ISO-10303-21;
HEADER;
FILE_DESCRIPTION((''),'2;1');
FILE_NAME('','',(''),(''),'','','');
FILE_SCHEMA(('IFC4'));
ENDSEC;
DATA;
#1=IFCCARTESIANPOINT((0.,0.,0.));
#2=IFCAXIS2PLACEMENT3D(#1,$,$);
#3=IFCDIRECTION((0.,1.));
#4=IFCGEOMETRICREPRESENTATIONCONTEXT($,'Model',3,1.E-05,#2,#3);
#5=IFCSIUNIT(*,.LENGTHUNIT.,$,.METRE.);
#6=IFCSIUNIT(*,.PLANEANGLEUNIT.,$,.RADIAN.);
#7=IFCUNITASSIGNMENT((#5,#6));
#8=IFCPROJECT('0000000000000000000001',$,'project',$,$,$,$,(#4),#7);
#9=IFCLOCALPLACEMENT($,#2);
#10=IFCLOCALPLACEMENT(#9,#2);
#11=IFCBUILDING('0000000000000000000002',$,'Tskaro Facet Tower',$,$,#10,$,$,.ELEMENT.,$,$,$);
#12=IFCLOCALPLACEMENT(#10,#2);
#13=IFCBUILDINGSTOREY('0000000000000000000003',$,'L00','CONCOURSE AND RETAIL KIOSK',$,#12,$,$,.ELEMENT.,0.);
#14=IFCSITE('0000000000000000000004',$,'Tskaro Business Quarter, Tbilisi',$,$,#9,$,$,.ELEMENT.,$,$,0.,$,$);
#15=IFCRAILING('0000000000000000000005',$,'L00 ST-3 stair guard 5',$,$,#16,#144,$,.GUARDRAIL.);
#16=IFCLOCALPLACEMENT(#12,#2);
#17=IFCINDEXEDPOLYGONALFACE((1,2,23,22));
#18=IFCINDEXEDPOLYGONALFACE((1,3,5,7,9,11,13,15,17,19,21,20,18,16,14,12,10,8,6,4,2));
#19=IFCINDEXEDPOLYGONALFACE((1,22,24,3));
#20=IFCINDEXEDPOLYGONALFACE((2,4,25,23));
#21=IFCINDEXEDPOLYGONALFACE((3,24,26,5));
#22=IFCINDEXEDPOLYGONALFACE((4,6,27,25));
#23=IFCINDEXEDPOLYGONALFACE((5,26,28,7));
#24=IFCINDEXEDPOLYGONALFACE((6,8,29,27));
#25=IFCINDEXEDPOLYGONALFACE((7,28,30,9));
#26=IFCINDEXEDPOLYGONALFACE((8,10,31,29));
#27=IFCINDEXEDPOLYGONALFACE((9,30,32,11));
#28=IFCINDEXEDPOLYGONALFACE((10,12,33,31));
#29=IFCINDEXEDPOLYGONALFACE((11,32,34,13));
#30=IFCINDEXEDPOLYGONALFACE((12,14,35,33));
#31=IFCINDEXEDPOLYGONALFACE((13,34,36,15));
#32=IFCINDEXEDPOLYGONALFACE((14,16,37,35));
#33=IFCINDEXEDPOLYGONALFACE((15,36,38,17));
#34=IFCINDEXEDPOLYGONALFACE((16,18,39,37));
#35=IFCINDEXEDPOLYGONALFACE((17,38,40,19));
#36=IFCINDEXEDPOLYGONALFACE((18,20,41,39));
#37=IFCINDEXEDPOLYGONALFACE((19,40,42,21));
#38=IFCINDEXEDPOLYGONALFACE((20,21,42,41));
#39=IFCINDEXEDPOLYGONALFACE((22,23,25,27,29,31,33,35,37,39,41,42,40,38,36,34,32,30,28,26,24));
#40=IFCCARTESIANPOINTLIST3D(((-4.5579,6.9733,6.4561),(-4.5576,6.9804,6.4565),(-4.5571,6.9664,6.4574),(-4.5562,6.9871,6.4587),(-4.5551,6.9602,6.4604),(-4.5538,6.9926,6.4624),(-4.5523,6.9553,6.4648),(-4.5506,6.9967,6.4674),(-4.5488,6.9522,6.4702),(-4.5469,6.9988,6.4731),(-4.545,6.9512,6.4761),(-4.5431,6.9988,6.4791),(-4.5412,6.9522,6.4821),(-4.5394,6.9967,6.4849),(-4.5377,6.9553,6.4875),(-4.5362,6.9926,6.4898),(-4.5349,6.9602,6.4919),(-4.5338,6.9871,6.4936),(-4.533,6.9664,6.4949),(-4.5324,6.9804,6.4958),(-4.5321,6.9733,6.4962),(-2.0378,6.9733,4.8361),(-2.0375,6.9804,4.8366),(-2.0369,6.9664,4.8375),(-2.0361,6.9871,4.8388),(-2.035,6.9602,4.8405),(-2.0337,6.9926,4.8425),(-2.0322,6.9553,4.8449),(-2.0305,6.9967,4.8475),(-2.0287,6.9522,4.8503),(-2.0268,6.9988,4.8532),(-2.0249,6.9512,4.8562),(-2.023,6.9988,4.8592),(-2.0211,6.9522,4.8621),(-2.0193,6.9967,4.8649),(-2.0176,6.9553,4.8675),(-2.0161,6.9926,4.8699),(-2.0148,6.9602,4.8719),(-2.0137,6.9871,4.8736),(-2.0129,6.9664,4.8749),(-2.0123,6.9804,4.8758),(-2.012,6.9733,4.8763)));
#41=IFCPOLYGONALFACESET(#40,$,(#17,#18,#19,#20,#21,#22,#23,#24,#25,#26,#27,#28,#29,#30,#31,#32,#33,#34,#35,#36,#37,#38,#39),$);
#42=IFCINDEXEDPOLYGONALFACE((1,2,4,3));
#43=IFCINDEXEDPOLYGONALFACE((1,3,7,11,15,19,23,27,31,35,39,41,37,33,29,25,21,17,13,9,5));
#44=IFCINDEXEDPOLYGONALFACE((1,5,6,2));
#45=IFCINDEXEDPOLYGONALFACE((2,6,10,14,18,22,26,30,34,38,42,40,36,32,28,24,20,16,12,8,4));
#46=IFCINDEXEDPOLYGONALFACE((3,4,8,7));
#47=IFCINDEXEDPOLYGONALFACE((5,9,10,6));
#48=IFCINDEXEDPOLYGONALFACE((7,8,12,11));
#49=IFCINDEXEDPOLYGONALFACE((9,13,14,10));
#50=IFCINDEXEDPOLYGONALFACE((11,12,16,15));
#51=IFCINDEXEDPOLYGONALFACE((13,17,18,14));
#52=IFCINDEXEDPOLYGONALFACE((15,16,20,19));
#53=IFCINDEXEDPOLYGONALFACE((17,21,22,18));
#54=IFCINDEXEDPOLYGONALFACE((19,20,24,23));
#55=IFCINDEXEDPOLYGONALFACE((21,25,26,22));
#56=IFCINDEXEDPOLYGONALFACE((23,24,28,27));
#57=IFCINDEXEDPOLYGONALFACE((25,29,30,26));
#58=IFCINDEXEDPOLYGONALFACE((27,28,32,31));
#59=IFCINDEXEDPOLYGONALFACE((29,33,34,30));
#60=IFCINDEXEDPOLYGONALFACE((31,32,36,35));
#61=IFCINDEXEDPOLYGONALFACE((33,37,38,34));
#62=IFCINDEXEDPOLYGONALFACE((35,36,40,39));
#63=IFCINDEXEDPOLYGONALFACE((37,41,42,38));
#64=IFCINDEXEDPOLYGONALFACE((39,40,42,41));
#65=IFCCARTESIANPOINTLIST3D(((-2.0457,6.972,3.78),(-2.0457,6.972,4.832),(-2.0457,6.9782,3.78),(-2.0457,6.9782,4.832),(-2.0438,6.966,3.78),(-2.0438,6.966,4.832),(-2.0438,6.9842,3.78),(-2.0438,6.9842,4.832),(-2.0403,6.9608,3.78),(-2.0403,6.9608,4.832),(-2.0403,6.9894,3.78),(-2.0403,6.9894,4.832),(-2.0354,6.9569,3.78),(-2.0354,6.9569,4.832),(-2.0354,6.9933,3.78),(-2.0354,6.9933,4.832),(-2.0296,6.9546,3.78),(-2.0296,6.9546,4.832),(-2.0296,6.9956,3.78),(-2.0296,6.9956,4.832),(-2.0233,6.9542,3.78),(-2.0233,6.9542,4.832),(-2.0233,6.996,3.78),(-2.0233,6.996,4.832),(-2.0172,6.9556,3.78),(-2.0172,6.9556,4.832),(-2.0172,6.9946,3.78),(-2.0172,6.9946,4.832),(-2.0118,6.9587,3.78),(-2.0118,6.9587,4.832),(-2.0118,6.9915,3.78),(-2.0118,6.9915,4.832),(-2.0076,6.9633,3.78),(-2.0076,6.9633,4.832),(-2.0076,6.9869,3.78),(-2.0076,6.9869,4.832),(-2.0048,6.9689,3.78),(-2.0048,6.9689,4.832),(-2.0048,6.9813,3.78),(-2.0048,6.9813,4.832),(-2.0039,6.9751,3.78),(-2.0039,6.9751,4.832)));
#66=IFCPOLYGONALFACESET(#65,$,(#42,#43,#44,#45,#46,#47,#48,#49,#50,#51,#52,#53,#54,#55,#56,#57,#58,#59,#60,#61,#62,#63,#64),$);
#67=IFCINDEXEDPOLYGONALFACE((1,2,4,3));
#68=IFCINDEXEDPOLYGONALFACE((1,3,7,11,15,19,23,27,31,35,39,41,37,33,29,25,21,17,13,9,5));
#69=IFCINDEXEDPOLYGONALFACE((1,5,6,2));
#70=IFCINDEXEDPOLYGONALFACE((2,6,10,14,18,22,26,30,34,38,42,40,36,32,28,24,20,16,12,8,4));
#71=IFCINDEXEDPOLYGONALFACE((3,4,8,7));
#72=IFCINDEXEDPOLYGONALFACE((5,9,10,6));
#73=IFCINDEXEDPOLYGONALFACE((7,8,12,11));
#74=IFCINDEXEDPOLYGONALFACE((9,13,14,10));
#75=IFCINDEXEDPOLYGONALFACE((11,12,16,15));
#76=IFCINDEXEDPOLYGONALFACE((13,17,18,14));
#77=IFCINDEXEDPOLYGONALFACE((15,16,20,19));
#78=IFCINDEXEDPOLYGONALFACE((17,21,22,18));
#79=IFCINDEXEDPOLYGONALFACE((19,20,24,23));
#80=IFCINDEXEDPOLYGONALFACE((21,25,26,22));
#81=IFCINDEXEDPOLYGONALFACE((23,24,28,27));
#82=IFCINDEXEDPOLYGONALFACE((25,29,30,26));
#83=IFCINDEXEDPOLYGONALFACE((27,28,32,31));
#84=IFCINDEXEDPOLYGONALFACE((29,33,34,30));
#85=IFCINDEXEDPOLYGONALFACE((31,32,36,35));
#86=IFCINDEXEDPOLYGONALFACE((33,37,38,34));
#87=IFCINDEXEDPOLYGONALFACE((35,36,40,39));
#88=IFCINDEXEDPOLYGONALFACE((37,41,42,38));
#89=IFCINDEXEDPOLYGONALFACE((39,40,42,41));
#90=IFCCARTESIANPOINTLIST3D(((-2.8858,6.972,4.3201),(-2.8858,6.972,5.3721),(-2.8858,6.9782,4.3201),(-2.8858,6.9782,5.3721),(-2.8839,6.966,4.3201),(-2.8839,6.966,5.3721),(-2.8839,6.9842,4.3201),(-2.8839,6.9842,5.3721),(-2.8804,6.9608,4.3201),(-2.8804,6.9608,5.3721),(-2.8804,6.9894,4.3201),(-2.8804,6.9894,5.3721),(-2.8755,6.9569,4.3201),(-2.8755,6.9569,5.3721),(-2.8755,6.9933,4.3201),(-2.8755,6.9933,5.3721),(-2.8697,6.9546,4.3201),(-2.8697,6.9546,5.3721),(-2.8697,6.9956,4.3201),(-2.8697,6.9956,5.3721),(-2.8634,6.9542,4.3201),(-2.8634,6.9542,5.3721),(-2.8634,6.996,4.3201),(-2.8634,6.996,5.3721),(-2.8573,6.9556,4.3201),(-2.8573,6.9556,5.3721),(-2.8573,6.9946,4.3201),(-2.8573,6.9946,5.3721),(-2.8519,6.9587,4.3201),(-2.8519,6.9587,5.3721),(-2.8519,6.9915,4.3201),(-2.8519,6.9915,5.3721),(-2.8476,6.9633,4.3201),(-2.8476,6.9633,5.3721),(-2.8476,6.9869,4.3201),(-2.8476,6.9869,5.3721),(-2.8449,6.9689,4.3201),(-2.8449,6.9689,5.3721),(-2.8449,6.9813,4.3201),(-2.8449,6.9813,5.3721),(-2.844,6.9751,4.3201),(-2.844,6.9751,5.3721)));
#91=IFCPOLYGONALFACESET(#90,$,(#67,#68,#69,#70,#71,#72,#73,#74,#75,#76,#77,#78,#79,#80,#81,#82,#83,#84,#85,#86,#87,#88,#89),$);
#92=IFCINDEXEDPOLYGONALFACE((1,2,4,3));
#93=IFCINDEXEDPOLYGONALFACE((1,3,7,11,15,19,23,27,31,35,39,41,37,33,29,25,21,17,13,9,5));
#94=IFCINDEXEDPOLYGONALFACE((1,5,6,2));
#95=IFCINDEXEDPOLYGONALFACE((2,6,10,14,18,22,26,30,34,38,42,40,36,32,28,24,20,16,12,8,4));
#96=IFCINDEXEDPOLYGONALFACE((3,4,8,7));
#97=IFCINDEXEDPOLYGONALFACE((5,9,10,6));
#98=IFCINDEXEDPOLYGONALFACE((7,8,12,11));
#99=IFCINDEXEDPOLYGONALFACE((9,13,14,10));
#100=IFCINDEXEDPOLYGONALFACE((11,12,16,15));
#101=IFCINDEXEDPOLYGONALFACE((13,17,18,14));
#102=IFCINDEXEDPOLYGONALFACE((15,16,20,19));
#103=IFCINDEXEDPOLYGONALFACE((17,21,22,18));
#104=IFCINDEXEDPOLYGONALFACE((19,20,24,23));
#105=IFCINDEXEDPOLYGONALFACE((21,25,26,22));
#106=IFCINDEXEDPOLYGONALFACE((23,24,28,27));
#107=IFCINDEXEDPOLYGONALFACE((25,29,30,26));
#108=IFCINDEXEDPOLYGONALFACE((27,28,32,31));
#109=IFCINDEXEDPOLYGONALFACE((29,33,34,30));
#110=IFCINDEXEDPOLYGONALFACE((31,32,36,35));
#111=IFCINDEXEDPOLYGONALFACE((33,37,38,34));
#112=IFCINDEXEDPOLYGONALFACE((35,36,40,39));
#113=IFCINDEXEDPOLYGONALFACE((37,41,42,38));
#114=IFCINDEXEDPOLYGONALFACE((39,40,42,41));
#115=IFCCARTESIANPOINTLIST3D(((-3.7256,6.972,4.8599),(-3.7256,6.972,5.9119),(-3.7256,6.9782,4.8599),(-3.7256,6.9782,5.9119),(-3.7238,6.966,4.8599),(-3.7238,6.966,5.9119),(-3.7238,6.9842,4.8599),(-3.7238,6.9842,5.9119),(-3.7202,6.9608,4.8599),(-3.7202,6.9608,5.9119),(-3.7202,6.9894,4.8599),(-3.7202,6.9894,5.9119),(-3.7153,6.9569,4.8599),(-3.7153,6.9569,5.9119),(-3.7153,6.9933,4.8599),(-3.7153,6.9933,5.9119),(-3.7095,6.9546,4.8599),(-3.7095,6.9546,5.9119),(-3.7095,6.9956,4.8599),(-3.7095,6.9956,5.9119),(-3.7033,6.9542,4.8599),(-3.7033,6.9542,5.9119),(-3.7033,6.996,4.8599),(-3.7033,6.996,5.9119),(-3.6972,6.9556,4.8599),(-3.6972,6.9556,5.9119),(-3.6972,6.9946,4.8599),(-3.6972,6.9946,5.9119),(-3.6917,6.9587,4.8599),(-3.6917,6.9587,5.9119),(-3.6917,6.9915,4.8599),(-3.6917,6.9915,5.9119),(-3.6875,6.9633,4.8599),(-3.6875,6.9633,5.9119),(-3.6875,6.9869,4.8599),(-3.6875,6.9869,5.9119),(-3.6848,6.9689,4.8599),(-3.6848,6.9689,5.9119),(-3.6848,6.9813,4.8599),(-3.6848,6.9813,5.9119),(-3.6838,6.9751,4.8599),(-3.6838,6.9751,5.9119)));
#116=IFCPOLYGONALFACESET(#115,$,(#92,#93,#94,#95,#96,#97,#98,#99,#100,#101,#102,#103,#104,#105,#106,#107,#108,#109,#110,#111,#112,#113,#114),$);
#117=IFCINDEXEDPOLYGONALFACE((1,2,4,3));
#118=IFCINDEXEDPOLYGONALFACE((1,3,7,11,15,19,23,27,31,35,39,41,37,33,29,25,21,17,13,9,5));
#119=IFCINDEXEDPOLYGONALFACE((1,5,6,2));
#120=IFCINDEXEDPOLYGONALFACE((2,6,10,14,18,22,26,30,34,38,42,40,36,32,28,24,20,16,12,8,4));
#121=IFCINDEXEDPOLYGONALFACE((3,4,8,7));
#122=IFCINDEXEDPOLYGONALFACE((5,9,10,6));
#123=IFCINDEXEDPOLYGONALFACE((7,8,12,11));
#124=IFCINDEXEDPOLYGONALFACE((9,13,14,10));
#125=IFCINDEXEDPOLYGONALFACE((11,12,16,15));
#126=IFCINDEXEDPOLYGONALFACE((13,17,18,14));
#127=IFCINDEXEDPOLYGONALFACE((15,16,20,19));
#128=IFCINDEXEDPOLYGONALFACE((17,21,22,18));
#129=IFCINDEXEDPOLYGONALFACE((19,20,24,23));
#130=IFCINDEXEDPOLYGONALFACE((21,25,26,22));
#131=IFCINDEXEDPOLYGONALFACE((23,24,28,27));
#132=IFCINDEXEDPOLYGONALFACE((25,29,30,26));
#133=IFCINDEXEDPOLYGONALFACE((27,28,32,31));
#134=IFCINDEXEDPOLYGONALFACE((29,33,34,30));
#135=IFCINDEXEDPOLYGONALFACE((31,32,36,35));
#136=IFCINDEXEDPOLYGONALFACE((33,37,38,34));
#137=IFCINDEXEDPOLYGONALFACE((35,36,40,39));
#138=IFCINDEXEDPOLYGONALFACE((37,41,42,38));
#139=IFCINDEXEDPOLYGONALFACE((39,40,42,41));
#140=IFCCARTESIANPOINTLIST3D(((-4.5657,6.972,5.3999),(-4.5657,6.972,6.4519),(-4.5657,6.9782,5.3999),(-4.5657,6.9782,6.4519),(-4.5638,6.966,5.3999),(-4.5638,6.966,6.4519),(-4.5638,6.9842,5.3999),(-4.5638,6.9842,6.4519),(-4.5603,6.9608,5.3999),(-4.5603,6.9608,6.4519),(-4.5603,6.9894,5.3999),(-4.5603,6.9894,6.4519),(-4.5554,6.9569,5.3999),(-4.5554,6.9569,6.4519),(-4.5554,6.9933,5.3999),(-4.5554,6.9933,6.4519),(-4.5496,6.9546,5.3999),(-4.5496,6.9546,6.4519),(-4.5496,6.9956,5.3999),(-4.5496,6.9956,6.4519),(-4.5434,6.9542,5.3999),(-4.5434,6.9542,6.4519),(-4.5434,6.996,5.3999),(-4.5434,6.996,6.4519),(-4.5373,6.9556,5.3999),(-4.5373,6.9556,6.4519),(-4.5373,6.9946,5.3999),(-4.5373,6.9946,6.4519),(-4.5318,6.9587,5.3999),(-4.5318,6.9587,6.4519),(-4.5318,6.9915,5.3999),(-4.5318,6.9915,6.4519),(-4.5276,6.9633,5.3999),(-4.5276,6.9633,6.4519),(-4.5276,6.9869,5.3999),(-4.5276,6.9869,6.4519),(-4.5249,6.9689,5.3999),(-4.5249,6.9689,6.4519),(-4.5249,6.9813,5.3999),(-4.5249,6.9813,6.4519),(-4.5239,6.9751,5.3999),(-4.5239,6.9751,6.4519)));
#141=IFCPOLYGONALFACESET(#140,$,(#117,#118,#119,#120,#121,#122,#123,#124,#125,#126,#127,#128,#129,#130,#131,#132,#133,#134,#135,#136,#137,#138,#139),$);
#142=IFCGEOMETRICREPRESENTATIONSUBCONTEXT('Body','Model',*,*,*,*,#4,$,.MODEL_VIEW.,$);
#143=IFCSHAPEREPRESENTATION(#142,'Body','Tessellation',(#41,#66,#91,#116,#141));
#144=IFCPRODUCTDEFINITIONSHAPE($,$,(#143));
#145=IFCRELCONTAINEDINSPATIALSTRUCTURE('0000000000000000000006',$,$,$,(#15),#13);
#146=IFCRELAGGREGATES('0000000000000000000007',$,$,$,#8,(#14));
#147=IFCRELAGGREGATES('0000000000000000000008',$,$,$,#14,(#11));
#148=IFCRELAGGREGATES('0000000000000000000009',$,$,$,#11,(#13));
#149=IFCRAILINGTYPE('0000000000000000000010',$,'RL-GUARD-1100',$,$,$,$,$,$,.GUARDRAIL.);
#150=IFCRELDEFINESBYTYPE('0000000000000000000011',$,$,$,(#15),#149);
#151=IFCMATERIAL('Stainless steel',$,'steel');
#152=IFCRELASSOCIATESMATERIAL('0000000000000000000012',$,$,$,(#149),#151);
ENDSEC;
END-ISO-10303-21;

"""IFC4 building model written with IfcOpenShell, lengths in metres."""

from ifc_helpers import new_model, si_unit, direction, frame, origin, origin_2d, place, context, subcontext, project, spatial, circle, extrude, material, type_object, element, save


model = new_model("IFC4")

# Units and contexts
model_context = context("Model", 3, precision=1e-05, world=origin(), true_north=direction((0.0, 1.0)))
body_context = subcontext(model_context, "Body", "Model", "MODEL_VIEW")
ifc_project = project(units=[si_unit("LENGTHUNIT", "METRE"), si_unit("PLANEANGLEUNIT", "RADIAN")], contexts=[model_context])

# Site, building, storey
site_placement = place(None, origin())
site = spatial("IfcSite", under=ifc_project, at=site_placement, Name="Tskaro Business Quarter, Tbilisi", CompositionType="ELEMENT", RefElevation=0.0)
building_placement = place(site_placement, origin())
building = spatial("IfcBuilding", under=site, at=building_placement, Name="Tskaro Facet Tower", CompositionType="ELEMENT")
storey_placement = place(building_placement, origin())
storey = spatial("IfcBuildingStorey", under=building, at=storey_placement, Name="L00", Description="CONCOURSE AND RETAIL KIOSK", CompositionType="ELEMENT", Elevation=0.0)

# Railing
ifc_material_1 = material(Name="Stainless steel", Category="steel")
railing_type_1 = type_object("IfcRailingType", Name="RL-GUARD-1100", PredefinedType="GUARDRAIL", material=ifc_material_1)
railing_1_placement = place(storey_placement, frame((-2.0249, 6.9751, 3.78)))
element("IfcRailing", 1, at=railing_1_placement, inside=storey, type_object=railing_type_1, Name="L00 ST-3 stair guard 5", PredefinedType="GUARDRAIL", context=body_context, shape_type="SweptSolid", body=[
    extrude(circle(Radius=0.0239, at=origin_2d()), frame((0.0, 0.0, 1.0762), z_axis=(-0.8412, 0.0, 0.540725), x_axis=(0.0, -1.0, 0.0)), (0.0, 0.0, 1.0), 2.9958),
    extrude(circle(Radius=0.021, at=origin_2d()), origin(), (0.0, 0.0, 1.0), 1.052),
    extrude(circle(Radius=0.021, at=origin_2d()), frame((-0.8401, 0.0, 0.54)), (0.0, 0.0, 1.0), 1.052),
    extrude(circle(Radius=0.021, at=origin_2d()), frame((-1.6799, 0.0, 1.0798)), (0.0, 0.0, 1.0), 1.052),
    extrude(circle(Radius=0.021, at=origin_2d()), frame((-2.52, 0.0, 1.6199)), (0.0, 0.0, 1.0), 1.052),
])

save(model, "model.ifc")
